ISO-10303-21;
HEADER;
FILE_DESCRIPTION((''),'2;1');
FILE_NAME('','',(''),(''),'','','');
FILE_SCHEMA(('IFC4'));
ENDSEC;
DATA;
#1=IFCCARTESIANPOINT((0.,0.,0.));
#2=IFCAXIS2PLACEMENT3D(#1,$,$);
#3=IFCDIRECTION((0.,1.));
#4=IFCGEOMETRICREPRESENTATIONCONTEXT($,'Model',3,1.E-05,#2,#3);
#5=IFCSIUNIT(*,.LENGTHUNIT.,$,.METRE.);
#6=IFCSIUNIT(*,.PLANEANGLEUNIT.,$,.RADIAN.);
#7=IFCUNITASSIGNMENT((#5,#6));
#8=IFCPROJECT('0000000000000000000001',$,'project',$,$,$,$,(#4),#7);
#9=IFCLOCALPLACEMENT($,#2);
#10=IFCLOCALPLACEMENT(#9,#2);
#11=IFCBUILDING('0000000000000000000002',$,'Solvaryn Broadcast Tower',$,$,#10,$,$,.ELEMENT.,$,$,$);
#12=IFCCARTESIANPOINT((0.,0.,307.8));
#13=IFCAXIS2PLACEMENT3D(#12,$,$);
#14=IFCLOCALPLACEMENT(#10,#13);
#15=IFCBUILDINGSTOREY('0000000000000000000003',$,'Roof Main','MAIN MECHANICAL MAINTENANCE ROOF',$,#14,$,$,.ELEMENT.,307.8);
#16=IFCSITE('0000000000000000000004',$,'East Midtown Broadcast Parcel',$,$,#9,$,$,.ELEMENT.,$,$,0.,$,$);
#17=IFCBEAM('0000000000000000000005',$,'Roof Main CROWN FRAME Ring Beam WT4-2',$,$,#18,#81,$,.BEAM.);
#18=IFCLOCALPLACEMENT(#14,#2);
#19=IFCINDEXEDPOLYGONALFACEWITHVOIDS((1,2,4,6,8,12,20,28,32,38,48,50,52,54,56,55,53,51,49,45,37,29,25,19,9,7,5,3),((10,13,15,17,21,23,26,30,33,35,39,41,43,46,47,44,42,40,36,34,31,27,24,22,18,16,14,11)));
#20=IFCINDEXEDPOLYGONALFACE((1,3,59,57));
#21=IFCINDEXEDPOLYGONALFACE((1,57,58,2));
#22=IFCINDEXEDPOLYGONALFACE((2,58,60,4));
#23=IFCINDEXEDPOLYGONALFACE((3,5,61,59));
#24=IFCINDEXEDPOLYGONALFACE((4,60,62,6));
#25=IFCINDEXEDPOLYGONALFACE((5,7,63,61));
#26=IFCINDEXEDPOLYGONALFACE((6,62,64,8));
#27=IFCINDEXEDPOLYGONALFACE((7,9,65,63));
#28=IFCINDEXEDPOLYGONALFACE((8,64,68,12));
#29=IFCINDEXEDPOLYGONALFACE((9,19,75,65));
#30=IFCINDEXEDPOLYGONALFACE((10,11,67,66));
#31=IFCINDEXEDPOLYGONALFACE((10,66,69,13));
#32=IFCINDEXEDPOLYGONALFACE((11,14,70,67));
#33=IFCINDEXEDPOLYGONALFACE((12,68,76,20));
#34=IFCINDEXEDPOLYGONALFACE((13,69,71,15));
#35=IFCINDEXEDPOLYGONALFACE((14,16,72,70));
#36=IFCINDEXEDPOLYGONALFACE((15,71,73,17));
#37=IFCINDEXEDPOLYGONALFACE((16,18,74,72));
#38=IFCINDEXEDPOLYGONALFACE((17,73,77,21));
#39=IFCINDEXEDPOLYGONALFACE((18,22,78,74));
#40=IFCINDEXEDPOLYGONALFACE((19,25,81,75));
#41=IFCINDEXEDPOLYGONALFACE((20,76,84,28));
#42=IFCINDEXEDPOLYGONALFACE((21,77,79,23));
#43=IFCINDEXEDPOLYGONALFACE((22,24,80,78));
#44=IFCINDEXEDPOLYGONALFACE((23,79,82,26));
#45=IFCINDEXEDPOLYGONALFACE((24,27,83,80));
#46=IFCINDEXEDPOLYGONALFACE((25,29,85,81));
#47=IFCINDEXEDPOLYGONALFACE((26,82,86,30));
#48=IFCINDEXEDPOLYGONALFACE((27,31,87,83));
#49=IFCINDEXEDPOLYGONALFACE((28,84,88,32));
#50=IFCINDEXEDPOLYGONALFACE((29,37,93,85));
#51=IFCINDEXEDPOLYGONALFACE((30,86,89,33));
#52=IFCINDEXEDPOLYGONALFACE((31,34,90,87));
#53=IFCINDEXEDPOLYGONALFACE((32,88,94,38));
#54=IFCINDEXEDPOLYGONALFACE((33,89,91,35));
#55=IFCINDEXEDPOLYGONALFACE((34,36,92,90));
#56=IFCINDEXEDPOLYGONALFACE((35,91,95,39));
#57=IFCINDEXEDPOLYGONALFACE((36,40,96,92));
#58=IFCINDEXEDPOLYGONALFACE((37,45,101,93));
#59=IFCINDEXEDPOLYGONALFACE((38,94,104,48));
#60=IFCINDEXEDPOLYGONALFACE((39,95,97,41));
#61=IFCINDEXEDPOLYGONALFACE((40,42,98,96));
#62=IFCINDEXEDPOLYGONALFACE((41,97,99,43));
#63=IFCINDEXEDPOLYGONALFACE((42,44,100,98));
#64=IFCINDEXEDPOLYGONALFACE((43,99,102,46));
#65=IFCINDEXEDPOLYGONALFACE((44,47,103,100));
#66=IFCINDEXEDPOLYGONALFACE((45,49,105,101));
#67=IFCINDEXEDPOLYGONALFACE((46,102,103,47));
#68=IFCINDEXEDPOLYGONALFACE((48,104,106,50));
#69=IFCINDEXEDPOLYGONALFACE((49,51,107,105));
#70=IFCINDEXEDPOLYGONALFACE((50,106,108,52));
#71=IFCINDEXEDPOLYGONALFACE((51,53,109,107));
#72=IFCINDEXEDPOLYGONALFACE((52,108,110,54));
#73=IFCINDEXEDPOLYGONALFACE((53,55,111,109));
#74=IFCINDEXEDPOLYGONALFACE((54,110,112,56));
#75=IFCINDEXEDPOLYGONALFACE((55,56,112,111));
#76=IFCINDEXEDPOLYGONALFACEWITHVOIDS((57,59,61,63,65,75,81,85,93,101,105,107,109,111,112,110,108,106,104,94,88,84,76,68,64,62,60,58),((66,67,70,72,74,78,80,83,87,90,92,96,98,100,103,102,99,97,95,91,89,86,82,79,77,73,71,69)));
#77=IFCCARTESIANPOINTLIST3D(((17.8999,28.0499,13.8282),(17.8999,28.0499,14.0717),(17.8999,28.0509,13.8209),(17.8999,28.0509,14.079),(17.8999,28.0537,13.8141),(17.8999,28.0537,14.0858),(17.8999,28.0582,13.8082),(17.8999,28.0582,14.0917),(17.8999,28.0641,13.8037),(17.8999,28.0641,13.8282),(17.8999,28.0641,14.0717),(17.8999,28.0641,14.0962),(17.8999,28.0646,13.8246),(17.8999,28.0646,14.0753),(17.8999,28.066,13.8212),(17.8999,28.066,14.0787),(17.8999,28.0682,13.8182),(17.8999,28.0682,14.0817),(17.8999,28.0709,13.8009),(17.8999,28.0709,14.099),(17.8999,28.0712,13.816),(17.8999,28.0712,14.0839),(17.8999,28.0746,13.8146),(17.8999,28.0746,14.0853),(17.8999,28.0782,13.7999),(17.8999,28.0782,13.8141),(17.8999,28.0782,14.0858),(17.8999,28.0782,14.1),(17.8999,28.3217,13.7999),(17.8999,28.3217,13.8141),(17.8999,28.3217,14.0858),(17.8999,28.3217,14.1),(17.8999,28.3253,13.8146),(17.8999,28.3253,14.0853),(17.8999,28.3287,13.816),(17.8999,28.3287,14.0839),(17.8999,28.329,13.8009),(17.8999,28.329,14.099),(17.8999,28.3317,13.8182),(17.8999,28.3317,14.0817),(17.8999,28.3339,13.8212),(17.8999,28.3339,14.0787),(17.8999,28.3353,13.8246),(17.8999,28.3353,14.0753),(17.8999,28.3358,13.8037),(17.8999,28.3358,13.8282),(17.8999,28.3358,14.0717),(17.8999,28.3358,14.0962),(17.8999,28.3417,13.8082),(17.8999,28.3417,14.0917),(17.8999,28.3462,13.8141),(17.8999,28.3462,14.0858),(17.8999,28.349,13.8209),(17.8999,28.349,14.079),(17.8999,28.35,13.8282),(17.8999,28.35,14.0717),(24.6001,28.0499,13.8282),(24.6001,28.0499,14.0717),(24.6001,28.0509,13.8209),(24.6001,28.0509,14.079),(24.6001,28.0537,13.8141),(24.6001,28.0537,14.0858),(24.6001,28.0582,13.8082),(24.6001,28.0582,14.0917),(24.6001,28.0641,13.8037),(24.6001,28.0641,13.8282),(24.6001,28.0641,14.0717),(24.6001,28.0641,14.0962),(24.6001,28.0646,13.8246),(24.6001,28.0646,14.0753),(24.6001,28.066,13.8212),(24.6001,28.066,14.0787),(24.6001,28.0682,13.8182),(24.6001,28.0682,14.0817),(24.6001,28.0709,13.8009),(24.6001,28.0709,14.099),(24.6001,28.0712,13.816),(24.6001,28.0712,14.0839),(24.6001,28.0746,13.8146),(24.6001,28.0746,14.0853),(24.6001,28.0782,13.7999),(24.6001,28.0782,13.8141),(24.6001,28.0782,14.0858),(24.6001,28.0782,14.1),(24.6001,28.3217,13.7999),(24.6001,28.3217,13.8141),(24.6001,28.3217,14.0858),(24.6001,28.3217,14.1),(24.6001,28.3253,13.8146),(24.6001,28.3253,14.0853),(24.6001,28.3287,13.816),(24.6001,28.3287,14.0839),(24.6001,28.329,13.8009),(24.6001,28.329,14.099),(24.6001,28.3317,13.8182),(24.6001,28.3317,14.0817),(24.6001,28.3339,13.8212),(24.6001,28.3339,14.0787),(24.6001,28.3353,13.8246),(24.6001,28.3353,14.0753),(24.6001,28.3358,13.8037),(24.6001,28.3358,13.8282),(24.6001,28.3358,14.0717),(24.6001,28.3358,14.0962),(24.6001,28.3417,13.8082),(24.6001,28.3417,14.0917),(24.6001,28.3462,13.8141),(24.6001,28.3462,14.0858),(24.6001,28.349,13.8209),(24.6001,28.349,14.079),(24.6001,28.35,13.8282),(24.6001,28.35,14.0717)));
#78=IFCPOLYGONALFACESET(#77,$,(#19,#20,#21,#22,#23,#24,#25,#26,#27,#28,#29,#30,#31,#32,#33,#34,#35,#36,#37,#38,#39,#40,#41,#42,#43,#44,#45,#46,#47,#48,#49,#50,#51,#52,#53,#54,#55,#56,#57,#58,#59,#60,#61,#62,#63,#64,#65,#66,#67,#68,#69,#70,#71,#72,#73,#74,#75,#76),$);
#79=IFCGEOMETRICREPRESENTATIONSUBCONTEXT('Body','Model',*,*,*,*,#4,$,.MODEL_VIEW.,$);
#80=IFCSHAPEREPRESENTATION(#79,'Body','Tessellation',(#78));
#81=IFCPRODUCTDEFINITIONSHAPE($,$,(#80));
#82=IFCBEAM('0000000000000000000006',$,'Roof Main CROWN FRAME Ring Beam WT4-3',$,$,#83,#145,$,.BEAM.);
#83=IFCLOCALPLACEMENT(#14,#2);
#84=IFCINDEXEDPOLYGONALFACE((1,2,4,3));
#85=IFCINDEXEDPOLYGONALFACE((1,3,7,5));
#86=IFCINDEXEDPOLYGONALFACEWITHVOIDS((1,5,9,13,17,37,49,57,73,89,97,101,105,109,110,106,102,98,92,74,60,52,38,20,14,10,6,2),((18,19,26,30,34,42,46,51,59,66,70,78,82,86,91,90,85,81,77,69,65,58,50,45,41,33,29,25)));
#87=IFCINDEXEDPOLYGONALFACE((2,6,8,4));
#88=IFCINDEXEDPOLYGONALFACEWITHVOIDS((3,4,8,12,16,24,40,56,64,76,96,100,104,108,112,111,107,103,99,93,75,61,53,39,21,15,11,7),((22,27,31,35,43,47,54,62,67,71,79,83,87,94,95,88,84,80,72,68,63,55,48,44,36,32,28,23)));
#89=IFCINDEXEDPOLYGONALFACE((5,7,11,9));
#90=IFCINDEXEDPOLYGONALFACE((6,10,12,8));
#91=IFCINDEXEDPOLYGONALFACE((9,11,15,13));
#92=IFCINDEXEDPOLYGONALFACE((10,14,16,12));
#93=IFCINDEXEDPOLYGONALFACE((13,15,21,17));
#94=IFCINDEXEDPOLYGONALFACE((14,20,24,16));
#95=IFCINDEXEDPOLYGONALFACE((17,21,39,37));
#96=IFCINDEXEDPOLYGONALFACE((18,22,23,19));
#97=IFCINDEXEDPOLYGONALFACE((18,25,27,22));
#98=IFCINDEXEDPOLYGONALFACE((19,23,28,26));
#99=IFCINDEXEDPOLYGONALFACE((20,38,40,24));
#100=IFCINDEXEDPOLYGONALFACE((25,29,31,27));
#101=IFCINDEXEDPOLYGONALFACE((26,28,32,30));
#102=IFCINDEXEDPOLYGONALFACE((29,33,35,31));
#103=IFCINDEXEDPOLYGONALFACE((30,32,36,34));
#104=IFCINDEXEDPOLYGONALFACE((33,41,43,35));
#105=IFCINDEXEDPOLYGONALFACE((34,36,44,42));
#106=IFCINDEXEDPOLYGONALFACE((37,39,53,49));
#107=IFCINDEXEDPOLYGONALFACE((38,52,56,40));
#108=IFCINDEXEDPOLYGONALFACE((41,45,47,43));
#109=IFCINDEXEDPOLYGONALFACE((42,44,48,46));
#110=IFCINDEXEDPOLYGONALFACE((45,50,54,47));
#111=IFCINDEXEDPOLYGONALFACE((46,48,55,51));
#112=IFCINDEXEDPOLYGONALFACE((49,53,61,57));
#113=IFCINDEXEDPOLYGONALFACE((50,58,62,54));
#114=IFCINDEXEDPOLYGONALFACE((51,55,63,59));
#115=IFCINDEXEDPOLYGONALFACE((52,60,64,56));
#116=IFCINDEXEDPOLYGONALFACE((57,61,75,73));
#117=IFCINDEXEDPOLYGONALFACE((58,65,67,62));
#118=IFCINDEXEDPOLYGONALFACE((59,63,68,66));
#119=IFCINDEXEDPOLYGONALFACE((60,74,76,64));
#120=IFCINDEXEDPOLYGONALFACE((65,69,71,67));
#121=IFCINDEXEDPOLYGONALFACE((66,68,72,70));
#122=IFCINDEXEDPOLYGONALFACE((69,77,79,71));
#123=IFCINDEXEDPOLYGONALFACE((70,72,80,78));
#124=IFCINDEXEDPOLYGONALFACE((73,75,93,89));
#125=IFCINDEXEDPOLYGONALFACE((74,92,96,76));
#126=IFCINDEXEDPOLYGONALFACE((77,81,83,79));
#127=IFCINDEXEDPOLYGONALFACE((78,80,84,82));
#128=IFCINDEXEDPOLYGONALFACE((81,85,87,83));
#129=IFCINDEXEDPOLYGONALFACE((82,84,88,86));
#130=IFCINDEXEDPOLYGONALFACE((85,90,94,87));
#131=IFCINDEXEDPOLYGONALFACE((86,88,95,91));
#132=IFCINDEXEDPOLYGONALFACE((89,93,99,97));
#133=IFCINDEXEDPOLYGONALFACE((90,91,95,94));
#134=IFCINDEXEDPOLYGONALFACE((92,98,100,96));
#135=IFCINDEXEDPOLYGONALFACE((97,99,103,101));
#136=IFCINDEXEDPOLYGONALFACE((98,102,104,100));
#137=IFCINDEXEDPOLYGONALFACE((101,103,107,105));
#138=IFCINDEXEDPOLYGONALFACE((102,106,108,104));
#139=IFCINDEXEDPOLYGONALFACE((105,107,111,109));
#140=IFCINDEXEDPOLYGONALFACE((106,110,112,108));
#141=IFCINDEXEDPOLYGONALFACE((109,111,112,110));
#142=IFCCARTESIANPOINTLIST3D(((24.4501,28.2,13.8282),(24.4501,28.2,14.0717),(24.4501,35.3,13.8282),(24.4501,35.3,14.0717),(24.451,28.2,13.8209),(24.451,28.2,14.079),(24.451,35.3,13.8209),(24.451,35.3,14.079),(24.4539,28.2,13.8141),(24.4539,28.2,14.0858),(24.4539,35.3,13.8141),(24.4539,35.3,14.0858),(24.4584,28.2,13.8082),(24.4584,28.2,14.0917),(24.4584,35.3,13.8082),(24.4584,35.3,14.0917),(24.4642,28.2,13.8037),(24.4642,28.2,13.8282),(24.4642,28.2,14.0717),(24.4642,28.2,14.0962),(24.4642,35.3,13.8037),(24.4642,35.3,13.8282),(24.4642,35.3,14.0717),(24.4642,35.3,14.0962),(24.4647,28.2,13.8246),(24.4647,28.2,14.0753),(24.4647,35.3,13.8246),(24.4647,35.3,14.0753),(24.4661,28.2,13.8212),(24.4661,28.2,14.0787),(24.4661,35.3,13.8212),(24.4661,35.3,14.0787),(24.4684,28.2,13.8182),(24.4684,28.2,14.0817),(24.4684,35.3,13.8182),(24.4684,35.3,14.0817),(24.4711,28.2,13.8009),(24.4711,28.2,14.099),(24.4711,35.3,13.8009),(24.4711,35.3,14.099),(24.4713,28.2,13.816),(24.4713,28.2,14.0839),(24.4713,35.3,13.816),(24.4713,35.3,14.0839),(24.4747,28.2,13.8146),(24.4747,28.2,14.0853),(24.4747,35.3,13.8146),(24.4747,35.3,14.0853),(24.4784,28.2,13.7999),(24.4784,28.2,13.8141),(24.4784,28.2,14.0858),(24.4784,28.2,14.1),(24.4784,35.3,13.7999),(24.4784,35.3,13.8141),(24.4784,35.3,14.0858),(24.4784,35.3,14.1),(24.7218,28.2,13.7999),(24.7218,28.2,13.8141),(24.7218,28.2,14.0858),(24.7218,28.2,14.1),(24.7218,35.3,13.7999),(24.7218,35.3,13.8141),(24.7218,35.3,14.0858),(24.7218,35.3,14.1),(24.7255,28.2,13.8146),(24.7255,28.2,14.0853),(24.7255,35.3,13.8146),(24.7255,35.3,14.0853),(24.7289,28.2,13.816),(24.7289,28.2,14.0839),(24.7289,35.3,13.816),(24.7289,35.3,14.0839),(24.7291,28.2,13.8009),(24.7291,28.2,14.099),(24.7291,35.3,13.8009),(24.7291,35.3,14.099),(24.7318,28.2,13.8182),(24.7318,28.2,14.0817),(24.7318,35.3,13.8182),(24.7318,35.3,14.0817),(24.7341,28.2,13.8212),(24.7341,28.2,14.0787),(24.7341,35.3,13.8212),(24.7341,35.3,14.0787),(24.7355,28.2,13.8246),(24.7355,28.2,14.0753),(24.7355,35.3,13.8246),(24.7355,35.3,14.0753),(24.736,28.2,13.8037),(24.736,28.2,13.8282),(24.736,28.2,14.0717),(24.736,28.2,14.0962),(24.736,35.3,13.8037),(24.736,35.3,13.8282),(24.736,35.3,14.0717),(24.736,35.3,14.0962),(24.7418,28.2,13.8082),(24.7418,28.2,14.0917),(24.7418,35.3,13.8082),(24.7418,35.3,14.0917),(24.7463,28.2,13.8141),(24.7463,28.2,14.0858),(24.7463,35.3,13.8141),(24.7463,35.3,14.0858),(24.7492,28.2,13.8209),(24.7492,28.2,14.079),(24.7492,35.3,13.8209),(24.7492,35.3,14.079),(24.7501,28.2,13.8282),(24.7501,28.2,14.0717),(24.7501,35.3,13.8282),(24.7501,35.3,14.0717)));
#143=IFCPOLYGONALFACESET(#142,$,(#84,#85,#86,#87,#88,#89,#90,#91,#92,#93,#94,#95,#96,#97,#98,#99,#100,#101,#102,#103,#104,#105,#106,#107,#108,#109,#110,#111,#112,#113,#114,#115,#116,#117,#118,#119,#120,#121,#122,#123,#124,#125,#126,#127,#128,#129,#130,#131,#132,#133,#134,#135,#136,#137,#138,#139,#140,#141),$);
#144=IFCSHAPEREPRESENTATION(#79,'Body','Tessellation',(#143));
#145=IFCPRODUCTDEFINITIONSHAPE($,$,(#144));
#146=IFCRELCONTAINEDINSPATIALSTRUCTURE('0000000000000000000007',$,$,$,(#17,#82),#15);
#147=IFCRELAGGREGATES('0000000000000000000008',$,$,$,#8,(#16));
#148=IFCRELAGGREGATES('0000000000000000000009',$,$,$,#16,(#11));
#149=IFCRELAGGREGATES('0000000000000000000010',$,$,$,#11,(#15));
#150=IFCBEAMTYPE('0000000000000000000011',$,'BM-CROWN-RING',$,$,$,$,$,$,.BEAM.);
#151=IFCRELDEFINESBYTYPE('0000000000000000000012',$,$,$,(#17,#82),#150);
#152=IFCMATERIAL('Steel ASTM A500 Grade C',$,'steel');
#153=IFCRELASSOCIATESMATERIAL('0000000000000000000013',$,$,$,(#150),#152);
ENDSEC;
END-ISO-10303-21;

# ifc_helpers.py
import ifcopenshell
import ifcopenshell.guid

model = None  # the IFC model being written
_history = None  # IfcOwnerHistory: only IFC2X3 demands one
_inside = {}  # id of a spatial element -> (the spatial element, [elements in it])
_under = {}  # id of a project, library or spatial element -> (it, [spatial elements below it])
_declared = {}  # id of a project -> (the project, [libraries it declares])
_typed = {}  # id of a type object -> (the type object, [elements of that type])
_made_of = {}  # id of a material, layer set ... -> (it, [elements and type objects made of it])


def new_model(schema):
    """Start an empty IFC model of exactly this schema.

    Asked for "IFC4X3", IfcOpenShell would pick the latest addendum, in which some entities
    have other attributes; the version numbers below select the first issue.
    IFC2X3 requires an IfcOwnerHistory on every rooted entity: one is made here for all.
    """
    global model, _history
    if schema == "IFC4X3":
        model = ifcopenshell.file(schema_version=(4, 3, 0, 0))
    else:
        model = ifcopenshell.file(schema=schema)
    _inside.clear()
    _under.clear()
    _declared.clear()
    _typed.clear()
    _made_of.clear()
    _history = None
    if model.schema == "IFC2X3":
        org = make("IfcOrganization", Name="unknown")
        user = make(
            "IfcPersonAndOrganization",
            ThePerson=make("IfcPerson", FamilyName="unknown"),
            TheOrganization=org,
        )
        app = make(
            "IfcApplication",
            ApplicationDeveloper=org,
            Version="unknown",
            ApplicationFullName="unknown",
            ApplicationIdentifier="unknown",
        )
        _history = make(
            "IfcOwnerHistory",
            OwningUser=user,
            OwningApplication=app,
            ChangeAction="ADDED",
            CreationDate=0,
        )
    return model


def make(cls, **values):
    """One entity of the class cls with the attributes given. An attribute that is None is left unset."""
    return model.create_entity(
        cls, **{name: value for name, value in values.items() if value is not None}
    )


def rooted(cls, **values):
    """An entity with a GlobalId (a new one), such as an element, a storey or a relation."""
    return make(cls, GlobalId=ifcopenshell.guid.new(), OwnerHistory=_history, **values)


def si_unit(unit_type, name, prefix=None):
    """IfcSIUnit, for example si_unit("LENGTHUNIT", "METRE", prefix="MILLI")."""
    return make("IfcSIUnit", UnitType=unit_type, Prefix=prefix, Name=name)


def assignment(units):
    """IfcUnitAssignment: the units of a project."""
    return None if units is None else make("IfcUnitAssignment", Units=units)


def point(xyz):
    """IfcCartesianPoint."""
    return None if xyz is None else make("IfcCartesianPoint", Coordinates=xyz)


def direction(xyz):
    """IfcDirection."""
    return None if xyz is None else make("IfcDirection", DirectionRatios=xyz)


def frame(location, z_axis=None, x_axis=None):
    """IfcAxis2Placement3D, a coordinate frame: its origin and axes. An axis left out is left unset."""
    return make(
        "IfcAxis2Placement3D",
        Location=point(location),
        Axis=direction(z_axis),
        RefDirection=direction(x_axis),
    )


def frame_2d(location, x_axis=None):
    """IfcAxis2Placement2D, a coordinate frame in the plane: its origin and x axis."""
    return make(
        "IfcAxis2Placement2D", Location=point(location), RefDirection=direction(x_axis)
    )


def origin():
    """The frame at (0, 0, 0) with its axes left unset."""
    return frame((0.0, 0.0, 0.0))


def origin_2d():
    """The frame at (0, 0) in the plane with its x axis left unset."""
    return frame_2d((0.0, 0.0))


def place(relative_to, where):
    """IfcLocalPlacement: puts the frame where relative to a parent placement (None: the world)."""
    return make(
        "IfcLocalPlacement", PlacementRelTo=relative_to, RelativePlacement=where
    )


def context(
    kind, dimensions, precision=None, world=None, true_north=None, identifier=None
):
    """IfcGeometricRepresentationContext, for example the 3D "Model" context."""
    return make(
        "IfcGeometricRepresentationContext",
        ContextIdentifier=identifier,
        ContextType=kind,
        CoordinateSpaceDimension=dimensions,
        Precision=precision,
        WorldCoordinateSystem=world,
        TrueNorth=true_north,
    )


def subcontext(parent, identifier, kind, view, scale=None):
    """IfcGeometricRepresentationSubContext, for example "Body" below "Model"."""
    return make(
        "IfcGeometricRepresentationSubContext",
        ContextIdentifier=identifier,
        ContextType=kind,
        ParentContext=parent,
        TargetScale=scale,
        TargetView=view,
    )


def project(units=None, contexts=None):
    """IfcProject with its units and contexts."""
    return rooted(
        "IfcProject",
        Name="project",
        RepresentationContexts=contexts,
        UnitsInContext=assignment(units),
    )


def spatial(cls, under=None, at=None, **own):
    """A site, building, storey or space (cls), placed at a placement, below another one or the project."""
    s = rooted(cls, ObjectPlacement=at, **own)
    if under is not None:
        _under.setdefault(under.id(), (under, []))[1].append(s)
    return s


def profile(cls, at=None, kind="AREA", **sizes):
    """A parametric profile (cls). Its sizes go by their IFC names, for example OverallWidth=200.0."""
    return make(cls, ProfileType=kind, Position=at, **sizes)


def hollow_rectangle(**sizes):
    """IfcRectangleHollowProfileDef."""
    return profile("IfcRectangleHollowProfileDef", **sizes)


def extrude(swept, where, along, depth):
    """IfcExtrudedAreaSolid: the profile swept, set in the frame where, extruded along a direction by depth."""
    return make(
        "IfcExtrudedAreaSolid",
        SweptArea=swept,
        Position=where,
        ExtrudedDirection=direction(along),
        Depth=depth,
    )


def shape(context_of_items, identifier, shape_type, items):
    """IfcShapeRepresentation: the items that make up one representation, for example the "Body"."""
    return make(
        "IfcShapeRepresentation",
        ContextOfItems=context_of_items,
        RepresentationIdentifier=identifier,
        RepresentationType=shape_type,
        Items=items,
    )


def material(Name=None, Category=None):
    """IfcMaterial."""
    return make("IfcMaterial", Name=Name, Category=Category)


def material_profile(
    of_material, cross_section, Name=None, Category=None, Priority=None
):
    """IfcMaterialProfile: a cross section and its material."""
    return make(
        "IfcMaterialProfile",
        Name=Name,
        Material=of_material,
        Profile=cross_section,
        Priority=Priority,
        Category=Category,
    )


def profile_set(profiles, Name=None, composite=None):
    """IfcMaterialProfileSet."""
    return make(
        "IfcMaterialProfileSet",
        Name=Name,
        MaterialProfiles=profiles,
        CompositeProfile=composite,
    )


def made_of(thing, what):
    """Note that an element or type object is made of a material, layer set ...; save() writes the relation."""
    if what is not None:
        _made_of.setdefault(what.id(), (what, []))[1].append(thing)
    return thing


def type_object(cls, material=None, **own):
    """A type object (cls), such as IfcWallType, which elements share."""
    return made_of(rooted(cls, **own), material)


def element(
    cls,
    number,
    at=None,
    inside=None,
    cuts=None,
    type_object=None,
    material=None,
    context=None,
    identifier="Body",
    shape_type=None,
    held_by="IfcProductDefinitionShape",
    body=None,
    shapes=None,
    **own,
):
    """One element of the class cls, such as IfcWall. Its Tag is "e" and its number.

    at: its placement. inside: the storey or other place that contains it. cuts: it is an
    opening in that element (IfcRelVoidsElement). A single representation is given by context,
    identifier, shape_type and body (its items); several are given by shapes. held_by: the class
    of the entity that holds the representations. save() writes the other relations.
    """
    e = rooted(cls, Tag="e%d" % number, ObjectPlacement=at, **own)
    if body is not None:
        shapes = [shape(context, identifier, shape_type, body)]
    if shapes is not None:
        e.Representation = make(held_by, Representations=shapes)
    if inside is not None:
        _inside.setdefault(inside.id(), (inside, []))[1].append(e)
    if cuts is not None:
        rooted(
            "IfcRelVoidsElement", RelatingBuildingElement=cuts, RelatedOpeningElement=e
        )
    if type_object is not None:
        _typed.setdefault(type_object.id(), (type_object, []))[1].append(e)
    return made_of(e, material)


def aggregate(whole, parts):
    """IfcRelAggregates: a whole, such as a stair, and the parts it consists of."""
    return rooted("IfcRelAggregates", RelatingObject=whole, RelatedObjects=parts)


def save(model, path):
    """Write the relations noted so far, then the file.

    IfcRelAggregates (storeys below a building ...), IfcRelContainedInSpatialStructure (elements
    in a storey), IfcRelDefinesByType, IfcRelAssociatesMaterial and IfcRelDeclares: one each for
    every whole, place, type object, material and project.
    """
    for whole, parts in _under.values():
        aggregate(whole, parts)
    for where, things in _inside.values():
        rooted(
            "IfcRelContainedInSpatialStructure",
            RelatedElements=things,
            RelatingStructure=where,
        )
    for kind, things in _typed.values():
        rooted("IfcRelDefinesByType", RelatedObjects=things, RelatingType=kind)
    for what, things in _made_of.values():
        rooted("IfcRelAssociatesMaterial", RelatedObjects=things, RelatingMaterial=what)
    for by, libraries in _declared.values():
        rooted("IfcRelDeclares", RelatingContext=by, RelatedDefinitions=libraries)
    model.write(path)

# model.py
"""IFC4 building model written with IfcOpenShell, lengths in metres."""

from ifc_helpers import new_model, si_unit, direction, frame, origin, origin_2d, place, context, subcontext, project, spatial, hollow_rectangle, extrude, material, material_profile, profile_set, type_object, element, save


model = new_model("IFC4")

# Units and contexts
model_context = context("Model", 3, precision=1e-05, world=origin(), true_north=direction((0.0, 1.0)))
body_context = subcontext(model_context, "Body", "Model", "MODEL_VIEW")
ifc_project = project(units=[si_unit("LENGTHUNIT", "METRE"), si_unit("PLANEANGLEUNIT", "RADIAN")], contexts=[model_context])

# Site, building, storey
site_placement = place(None, origin())
site = spatial("IfcSite", under=ifc_project, at=site_placement, Name="East Midtown Broadcast Parcel", CompositionType="ELEMENT", RefElevation=0.0)
building_placement = place(site_placement, origin())
building = spatial("IfcBuilding", under=site, at=building_placement, Name="Solvaryn Broadcast Tower", CompositionType="ELEMENT")
storey_placement = place(building_placement, frame((0.0, 0.0, 307.8)))
storey = spatial("IfcBuildingStorey", under=building, at=storey_placement, Name="Roof Main", Description="MAIN MECHANICAL MAINTENANCE ROOF", CompositionType="ELEMENT", Elevation=307.8)

# Beams
ifc_material_1 = material(Name="Steel ASTM A500 Grade C", Category="steel")
ifc_material_profile_1 = material_profile(ifc_material_1, hollow_rectangle(XDim=0.3, YDim=0.3, WallThickness=0.0142, InnerFilletRadius=0.0142, OuterFilletRadius=0.0283, at=origin_2d()))
ifc_profile_set_1 = profile_set([ifc_material_profile_1], Name="Steel ASTM A500 Grade C")
beam_type = type_object("IfcBeamType", Name="BM-CROWN-RING", PredefinedType="BEAM", material=ifc_profile_set_1)
beam_1_placement = place(storey_placement, frame((17.8999, 28.2, 13.95), z_axis=(1.0, 0.0, 0.0), x_axis=(0.0, 1.0, 0.0)))
element("IfcBeam", 1, at=beam_1_placement, inside=storey, type_object=beam_type, Name="Roof Main CROWN FRAME Ring Beam WT4-2", PredefinedType="BEAM", context=body_context, shape_type="SweptSolid", body=[
    extrude(hollow_rectangle(XDim=0.3, YDim=0.3, WallThickness=0.0142, InnerFilletRadius=0.0142, OuterFilletRadius=0.0283, at=origin_2d()), origin(), (0.0, 0.0, 1.0), 6.7002),
])
beam_2_placement = place(storey_placement, frame((24.6001, 28.2, 13.95), z_axis=(0.0, 1.0, 0.0), x_axis=(-1.0, 0.0, 0.0)))
element("IfcBeam", 2, at=beam_2_placement, inside=storey, type_object=beam_type, Name="Roof Main CROWN FRAME Ring Beam WT4-3", PredefinedType="BEAM", context=body_context, shape_type="SweptSolid", body=[
    extrude(hollow_rectangle(XDim=0.3, YDim=0.3, WallThickness=0.0142, InnerFilletRadius=0.0142, OuterFilletRadius=0.0283, at=origin_2d()), origin(), (0.0, 0.0, 1.0), 7.1001),
])

save(model, "model.ifc")
